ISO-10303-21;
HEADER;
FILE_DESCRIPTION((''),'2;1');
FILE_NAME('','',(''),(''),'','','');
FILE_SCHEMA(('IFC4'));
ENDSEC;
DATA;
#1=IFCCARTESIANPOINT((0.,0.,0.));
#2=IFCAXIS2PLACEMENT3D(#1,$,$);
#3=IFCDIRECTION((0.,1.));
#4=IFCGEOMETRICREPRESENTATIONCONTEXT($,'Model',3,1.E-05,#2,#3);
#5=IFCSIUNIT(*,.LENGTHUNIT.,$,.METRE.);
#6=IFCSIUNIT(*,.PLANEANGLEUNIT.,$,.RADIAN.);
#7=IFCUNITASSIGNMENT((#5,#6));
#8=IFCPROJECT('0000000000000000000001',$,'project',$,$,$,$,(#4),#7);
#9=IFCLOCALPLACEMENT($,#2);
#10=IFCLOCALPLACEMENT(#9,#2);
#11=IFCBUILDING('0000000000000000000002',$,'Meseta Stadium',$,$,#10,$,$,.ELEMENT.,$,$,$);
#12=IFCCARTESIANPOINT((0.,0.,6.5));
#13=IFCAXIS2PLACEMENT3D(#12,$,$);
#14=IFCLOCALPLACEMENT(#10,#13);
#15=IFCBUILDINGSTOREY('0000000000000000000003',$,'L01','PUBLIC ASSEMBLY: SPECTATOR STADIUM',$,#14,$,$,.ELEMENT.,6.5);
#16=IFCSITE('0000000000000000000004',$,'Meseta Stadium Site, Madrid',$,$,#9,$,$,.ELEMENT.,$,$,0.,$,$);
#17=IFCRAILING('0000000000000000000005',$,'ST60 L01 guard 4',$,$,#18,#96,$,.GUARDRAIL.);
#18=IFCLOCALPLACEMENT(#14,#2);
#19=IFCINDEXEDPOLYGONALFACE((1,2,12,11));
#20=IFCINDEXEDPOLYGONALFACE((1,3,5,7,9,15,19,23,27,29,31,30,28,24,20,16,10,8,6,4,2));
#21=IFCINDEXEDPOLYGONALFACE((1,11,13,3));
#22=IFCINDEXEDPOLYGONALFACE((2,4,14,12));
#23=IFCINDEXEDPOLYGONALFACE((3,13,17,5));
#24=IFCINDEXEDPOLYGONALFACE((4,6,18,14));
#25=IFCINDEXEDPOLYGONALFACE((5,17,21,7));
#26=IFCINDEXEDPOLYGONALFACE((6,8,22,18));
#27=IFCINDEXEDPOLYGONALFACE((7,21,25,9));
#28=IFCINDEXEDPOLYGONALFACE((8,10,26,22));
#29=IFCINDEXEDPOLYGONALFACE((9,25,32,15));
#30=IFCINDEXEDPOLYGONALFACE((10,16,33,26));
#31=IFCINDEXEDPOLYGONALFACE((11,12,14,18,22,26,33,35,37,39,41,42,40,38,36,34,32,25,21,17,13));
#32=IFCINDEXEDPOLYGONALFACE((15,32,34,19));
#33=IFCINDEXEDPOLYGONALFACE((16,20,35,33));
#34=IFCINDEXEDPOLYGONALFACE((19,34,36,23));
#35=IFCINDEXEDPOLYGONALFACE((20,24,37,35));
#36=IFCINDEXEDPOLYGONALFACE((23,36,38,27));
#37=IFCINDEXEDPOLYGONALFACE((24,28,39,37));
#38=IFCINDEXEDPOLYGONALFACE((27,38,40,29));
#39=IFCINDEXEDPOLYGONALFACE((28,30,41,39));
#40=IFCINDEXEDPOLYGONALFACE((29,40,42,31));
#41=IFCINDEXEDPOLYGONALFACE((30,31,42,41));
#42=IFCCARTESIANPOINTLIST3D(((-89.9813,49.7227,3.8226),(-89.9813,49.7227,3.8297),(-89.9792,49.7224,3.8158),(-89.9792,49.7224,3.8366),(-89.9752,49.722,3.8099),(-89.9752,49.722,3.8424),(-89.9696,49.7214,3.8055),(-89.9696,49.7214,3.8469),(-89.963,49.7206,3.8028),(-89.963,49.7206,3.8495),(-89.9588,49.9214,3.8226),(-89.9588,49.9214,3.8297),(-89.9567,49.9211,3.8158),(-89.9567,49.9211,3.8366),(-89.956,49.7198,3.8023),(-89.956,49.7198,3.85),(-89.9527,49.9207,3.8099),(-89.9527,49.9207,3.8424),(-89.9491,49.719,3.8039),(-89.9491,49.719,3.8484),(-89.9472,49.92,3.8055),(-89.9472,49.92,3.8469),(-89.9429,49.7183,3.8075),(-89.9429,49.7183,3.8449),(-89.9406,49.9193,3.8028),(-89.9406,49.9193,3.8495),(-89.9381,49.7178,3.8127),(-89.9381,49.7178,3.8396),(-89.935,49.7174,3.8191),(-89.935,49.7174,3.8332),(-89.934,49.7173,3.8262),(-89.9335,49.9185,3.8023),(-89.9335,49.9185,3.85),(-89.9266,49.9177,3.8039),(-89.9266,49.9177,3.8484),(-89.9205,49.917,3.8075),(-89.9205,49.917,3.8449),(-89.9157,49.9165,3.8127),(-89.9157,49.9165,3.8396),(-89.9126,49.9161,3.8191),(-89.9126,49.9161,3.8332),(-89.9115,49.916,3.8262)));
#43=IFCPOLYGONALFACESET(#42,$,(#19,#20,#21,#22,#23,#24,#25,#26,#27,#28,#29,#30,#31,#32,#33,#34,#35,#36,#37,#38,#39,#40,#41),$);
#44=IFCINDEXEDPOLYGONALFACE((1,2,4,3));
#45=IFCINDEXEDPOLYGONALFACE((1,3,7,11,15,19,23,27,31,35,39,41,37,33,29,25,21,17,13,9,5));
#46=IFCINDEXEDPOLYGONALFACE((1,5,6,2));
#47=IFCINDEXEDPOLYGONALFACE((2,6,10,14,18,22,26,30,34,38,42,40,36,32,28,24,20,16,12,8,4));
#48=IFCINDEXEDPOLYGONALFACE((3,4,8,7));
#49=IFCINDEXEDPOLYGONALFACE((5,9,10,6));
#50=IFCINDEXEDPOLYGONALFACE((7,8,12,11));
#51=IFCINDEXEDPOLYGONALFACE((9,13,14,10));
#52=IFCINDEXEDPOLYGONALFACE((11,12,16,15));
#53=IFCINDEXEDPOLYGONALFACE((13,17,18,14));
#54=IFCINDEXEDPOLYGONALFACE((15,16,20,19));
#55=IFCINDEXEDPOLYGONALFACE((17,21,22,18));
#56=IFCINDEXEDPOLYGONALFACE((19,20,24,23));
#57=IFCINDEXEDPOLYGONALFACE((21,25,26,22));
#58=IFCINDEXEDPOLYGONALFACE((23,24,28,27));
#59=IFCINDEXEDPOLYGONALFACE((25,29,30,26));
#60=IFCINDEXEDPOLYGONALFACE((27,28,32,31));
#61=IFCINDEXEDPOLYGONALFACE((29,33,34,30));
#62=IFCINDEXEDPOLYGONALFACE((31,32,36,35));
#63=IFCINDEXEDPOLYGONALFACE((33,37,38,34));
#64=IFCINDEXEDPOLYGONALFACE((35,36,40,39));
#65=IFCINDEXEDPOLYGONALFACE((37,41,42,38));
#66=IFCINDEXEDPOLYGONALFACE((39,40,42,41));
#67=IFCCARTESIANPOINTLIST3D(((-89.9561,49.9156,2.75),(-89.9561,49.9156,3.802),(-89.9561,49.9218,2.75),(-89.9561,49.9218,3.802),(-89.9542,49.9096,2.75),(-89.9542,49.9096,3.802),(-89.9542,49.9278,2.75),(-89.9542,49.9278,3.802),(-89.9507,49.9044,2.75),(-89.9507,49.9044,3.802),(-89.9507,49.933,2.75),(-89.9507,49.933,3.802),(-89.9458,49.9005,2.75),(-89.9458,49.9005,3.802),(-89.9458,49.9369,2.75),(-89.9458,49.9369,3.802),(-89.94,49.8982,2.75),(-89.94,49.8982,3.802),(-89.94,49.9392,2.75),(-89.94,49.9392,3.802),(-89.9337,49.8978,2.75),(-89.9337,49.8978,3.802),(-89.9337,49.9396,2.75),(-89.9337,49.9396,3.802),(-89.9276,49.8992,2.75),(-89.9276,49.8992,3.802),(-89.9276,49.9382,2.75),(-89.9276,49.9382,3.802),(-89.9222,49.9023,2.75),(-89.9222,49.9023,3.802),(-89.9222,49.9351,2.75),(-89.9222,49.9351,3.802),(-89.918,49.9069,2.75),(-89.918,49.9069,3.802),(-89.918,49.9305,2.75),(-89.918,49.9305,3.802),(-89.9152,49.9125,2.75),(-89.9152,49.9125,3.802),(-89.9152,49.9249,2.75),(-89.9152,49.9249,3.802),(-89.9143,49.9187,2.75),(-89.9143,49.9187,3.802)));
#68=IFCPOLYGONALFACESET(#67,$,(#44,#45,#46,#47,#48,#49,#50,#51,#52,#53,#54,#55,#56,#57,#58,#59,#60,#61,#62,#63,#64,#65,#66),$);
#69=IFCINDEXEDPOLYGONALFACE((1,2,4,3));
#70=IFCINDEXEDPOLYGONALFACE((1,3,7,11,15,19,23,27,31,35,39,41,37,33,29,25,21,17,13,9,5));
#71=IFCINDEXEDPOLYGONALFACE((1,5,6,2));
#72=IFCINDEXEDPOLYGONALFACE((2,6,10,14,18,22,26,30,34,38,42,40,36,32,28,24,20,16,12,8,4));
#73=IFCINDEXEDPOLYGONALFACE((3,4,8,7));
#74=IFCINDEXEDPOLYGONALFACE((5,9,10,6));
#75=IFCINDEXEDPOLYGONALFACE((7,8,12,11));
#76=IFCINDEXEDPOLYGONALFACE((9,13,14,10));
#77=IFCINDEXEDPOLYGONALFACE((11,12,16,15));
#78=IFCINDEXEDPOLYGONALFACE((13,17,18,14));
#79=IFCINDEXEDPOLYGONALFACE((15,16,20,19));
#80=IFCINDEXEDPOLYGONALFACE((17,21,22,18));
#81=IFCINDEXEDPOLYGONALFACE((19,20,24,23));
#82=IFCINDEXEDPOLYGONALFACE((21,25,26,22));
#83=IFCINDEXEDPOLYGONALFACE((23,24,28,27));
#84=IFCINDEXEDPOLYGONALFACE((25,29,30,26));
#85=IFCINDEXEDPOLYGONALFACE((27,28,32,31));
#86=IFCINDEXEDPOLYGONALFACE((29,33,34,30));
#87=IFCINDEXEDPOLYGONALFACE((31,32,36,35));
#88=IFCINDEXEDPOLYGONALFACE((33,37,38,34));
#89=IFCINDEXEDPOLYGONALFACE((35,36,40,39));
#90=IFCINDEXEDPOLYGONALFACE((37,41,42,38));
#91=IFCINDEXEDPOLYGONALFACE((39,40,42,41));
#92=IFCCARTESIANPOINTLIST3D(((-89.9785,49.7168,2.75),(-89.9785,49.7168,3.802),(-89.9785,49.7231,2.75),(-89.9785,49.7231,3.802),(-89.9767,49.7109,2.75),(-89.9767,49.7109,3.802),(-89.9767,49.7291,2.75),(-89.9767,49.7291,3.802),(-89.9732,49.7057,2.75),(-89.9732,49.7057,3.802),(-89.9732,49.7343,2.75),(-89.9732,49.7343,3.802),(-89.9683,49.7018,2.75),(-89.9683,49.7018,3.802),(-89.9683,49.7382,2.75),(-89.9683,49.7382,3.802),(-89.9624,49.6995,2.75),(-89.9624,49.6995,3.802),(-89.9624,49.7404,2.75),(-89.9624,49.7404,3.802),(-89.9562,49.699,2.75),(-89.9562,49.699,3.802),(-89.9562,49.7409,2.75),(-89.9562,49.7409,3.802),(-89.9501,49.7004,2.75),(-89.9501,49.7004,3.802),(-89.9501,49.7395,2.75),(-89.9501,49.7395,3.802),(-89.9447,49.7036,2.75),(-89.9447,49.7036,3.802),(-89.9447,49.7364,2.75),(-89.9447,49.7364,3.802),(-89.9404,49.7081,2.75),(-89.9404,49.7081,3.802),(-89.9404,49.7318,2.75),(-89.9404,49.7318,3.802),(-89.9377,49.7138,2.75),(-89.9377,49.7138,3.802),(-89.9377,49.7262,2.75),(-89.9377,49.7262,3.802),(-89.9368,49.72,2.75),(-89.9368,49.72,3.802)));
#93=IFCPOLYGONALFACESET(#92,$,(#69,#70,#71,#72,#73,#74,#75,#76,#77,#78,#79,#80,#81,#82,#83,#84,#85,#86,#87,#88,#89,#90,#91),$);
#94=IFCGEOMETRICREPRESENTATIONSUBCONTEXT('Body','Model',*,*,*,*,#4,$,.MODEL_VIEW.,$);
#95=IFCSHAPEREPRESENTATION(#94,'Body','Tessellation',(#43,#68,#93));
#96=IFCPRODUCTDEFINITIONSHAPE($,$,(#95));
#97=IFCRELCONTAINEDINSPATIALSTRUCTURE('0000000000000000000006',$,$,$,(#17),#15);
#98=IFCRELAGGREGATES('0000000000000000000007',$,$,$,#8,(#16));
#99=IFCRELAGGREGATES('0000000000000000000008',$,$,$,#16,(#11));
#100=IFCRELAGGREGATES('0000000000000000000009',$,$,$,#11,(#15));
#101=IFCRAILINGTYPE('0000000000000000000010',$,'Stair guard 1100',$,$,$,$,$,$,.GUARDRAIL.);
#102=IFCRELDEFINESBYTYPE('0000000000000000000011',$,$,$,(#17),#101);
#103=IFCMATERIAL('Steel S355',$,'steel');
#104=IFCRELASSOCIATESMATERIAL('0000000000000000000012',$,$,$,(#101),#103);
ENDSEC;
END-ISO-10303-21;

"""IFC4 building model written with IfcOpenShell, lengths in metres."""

from ifc_helpers import new_model, si_unit, direction, frame, origin, origin_2d, place, context, subcontext, project, spatial, circle, extrude, material, type_object, element, save


model = new_model("IFC4")

# Units and contexts
model_context = context("Model", 3, precision=1e-05, world=origin(), true_north=direction((0.0, 1.0)))
body_context = subcontext(model_context, "Body", "Model", "MODEL_VIEW")
ifc_project = project(units=[si_unit("LENGTHUNIT", "METRE"), si_unit("PLANEANGLEUNIT", "RADIAN")], contexts=[model_context])

# Site, building, storey
site_placement = place(None, origin())
site = spatial("IfcSite", under=ifc_project, at=site_placement, Name="Meseta Stadium Site, Madrid", CompositionType="ELEMENT", RefElevation=0.0)
building_placement = place(site_placement, origin())
building = spatial("IfcBuilding", under=site, at=building_placement, Name="Meseta Stadium", CompositionType="ELEMENT")
storey_placement = place(building_placement, frame((0.0, 0.0, 6.5)))
storey = spatial("IfcBuildingStorey", under=building, at=storey_placement, Name="L01", Description="PUBLIC ASSEMBLY: SPECTATOR STADIUM", CompositionType="ELEMENT", Elevation=6.5)

# Railing
ifc_material_1 = material(Name="Steel S355", Category="steel")
railing_type_1 = type_object("IfcRailingType", Name="Stair guard 1100", PredefinedType="GUARDRAIL", material=ifc_material_1)
railing_1_placement = place(storey_placement, frame((-89.9353, 49.9187, 2.75)))
element("IfcRailing", 1, at=railing_1_placement, inside=storey, type_object=railing_type_1, Name="ST60 L01 guard 4", PredefinedType="GUARDRAIL", context=body_context, shape_type="SweptSolid", body=[
    extrude(circle(Radius=0.0239, at=origin_2d()), frame((0.0, 0.0, 1.0762), z_axis=(-0.112307, -0.993674, 0.0), x_axis=(0.993674, -0.112307, 0.0)), (0.0, 0.0, 1.0), 0.2),
    extrude(circle(Radius=0.021, at=origin_2d()), origin(), (0.0, 0.0, 1.0), 1.052),
    extrude(circle(Radius=0.021, at=origin_2d()), frame((-0.0225, -0.1987, 0.0)), (0.0, 0.0, 1.0), 1.052),
])

save(model, "model.ifc")
